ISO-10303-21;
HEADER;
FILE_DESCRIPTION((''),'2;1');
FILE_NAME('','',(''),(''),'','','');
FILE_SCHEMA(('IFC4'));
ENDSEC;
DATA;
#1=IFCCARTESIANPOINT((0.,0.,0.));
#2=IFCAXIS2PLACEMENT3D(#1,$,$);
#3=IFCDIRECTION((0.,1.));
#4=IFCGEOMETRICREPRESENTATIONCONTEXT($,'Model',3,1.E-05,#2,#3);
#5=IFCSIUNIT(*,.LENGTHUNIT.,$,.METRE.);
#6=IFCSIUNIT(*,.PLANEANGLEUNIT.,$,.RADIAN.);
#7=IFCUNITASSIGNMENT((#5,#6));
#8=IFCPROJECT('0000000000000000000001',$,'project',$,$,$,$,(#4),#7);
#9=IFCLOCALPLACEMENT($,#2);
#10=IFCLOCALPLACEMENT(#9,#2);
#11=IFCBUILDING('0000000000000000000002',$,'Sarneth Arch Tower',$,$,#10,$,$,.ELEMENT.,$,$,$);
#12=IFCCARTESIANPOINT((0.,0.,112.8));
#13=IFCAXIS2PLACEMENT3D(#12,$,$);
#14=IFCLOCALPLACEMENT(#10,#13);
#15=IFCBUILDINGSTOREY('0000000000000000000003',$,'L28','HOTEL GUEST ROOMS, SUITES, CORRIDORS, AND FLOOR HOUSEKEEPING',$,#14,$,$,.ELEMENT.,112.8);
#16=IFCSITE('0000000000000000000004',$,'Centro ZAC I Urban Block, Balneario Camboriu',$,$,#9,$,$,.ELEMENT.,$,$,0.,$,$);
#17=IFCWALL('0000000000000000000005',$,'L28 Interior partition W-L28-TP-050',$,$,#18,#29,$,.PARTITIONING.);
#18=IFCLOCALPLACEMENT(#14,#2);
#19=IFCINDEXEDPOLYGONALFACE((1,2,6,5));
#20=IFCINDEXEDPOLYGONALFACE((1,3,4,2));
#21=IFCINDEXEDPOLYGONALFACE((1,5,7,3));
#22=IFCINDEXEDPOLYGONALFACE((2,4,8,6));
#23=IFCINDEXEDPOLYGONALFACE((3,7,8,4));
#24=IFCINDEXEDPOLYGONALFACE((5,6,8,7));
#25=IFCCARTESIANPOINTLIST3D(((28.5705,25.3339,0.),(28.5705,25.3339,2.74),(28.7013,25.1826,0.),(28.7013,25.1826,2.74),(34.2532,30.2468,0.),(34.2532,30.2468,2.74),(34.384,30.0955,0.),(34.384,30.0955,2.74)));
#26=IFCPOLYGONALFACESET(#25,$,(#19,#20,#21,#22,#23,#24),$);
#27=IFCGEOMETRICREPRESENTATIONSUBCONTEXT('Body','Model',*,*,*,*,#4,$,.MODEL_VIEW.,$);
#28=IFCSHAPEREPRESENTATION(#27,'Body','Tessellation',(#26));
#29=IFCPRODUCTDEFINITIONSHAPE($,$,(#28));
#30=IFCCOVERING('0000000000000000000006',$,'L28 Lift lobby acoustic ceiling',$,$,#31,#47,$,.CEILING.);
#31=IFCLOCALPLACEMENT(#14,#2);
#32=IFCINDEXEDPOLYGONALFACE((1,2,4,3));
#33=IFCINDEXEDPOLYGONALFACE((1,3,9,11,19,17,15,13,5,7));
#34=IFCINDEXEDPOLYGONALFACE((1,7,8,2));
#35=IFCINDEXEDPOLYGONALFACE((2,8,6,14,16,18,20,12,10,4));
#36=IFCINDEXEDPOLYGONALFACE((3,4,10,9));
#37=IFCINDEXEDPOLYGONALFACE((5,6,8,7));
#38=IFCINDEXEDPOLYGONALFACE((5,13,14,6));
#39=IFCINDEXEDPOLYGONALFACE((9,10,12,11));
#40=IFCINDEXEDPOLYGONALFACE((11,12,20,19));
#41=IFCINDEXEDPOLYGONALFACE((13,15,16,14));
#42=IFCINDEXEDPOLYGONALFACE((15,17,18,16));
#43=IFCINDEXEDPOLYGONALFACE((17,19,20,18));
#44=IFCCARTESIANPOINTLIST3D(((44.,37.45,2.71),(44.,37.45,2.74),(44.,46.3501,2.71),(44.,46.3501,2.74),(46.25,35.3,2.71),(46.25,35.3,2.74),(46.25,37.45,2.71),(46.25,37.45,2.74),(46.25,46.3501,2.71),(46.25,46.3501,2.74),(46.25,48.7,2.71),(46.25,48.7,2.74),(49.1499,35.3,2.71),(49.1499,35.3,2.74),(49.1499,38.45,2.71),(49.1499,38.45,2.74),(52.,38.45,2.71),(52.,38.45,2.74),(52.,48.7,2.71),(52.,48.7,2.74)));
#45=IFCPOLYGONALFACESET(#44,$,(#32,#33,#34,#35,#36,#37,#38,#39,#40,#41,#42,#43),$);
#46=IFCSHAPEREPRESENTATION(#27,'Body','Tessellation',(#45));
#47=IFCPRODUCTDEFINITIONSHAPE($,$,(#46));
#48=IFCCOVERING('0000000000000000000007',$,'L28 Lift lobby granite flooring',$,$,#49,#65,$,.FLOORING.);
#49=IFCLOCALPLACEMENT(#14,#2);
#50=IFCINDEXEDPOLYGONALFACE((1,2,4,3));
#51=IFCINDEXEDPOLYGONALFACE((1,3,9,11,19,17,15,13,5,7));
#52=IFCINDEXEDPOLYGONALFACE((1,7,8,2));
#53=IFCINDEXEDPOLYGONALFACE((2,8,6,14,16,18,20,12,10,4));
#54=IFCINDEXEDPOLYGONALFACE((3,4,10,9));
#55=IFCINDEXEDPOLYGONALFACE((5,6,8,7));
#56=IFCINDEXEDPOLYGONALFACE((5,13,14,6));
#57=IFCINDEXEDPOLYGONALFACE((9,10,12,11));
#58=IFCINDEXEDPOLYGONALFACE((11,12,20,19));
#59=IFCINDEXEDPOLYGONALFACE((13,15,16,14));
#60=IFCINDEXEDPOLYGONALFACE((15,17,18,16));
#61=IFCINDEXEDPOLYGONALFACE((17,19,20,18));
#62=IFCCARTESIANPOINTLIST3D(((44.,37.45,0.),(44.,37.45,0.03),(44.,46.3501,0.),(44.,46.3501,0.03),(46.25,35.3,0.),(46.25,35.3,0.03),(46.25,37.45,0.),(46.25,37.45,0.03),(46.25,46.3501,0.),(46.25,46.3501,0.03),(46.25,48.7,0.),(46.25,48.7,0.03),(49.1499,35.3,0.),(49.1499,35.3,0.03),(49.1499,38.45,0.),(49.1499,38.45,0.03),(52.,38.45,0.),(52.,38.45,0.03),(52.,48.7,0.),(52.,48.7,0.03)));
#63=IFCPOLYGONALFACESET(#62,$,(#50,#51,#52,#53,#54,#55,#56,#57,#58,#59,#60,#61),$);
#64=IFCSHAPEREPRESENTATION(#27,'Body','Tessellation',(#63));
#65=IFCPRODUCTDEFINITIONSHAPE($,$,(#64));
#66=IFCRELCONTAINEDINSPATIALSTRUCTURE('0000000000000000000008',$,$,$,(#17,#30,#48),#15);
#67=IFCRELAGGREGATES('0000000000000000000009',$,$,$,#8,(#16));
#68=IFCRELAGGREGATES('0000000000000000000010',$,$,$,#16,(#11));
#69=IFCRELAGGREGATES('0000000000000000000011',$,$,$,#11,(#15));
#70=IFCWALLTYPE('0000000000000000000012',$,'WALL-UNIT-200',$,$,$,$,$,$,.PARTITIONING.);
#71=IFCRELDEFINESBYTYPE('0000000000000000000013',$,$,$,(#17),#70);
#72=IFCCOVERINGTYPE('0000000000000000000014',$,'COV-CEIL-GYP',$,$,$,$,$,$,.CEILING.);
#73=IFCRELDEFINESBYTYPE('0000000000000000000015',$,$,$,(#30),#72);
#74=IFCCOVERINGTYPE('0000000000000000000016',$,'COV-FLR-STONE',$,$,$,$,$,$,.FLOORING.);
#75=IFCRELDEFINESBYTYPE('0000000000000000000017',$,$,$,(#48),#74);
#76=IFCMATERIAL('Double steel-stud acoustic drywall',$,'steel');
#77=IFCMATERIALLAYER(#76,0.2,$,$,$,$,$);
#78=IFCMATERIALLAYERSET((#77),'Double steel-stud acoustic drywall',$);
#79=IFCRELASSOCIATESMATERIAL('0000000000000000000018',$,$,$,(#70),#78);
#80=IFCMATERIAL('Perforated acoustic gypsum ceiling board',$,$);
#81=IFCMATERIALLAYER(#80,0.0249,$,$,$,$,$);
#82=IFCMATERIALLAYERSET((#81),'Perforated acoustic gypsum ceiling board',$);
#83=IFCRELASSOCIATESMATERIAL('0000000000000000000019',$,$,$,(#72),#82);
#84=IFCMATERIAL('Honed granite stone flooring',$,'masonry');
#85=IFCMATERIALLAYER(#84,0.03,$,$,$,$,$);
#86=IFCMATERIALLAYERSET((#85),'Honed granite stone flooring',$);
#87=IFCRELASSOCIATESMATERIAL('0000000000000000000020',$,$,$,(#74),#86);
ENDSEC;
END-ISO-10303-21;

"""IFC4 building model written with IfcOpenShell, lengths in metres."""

from ifc_helpers import new_model, si_unit, direction, frame, frame_2d, origin, place, context, subcontext, project, spatial, polyline, rectangle, outline, extrude, material, layer, layer_set, type_object, element, save


model = new_model("IFC4")

# Units and contexts
model_context = context("Model", 3, precision=1e-05, world=origin(), true_north=direction((0.0, 1.0)))
body_context = subcontext(model_context, "Body", "Model", "MODEL_VIEW")
ifc_project = project(units=[si_unit("LENGTHUNIT", "METRE"), si_unit("PLANEANGLEUNIT", "RADIAN")], contexts=[model_context])

# Site, building, storey
site_placement = place(None, origin())
site = spatial("IfcSite", under=ifc_project, at=site_placement, Name="Centro ZAC I Urban Block, Balneario Camboriu", CompositionType="ELEMENT", RefElevation=0.0)
building_placement = place(site_placement, origin())
building = spatial("IfcBuilding", under=site, at=building_placement, Name="Sarneth Arch Tower", CompositionType="ELEMENT")
storey_placement = place(building_placement, frame((0.0, 0.0, 112.8)))
storey = spatial("IfcBuildingStorey", under=building, at=storey_placement, Name="L28", Description="HOTEL GUEST ROOMS, SUITES, CORRIDORS, AND FLOOR HOUSEKEEPING", CompositionType="ELEMENT", Elevation=112.8)

# Wall
ifc_material_1 = material(Name="Double steel-stud acoustic drywall", Category="steel")
ifc_layer_1 = layer(ifc_material_1, 0.2)
ifc_layer_set_1 = layer_set([ifc_layer_1], Name="Double steel-stud acoustic drywall")
wall_type_1 = type_object("IfcWallType", Name="WALL-UNIT-200", PredefinedType="PARTITIONING", material=ifc_layer_set_1)
wall_1_placement = place(storey_placement, frame((28.636, 25.2583, 0.0), z_axis=(0.0, 0.0, 1.0), x_axis=(0.756485, 0.654011, 0.0)))
element("IfcWall", 1, at=wall_1_placement, inside=storey, type_object=wall_type_1, Name="L28 Interior partition W-L28-TP-050", PredefinedType="PARTITIONING", context=body_context, shape_type="SweptSolid", body=[
    extrude(rectangle(XDim=7.512, YDim=0.2, at=frame_2d((3.7559, 0.0))), origin(), (0.0, 0.0, 1.0), 2.74),
])

# Coverings
ifc_material_2 = material(Name="Perforated acoustic gypsum ceiling board")
ifc_layer_2 = layer(ifc_material_2, 0.0249)
ifc_layer_set_2 = layer_set([ifc_layer_2], Name="Perforated acoustic gypsum ceiling board")
covering_type_1 = type_object("IfcCoveringType", Name="COV-CEIL-GYP", PredefinedType="CEILING", material=ifc_layer_set_2)
covering_1_placement = place(storey_placement, frame((0.0, 0.0, 2.71)))
element("IfcCovering", 2, at=covering_1_placement, inside=storey, type_object=covering_type_1, Name="L28 Lift lobby acoustic ceiling", PredefinedType="CEILING", context=body_context, shape_type="SweptSolid", body=[
    extrude(outline(polyline([(49.1499, 38.45), (49.1499, 35.3), (46.25, 35.3), (46.25, 37.45), (44.0, 37.45), (44.0, 46.3501), (46.25, 46.3501), (46.25, 48.7), (52.0, 48.7), (52.0, 38.45), (49.1499, 38.45)])), origin(), (0.0, 0.0, 1.0), 0.03),
])
ifc_material_3 = material(Name="Honed granite stone flooring", Category="masonry")
ifc_layer_3 = layer(ifc_material_3, 0.03)
ifc_layer_set_3 = layer_set([ifc_layer_3], Name="Honed granite stone flooring")
covering_type_2 = type_object("IfcCoveringType", Name="COV-FLR-STONE", PredefinedType="FLOORING", material=ifc_layer_set_3)
covering_2_placement = place(storey_placement, origin())
element("IfcCovering", 3, at=covering_2_placement, inside=storey, type_object=covering_type_2, Name="L28 Lift lobby granite flooring", PredefinedType="FLOORING", context=body_context, shape_type="SweptSolid", body=[
    extrude(outline(polyline([(49.1499, 38.45), (49.1499, 35.3), (46.25, 35.3), (46.25, 37.45), (44.0, 37.45), (44.0, 46.3501), (46.25, 46.3501), (46.25, 48.7), (52.0, 48.7), (52.0, 38.45), (49.1499, 38.45)])), origin(), (0.0, 0.0, 1.0), 0.03),
])

save(model, "model.ifc")
